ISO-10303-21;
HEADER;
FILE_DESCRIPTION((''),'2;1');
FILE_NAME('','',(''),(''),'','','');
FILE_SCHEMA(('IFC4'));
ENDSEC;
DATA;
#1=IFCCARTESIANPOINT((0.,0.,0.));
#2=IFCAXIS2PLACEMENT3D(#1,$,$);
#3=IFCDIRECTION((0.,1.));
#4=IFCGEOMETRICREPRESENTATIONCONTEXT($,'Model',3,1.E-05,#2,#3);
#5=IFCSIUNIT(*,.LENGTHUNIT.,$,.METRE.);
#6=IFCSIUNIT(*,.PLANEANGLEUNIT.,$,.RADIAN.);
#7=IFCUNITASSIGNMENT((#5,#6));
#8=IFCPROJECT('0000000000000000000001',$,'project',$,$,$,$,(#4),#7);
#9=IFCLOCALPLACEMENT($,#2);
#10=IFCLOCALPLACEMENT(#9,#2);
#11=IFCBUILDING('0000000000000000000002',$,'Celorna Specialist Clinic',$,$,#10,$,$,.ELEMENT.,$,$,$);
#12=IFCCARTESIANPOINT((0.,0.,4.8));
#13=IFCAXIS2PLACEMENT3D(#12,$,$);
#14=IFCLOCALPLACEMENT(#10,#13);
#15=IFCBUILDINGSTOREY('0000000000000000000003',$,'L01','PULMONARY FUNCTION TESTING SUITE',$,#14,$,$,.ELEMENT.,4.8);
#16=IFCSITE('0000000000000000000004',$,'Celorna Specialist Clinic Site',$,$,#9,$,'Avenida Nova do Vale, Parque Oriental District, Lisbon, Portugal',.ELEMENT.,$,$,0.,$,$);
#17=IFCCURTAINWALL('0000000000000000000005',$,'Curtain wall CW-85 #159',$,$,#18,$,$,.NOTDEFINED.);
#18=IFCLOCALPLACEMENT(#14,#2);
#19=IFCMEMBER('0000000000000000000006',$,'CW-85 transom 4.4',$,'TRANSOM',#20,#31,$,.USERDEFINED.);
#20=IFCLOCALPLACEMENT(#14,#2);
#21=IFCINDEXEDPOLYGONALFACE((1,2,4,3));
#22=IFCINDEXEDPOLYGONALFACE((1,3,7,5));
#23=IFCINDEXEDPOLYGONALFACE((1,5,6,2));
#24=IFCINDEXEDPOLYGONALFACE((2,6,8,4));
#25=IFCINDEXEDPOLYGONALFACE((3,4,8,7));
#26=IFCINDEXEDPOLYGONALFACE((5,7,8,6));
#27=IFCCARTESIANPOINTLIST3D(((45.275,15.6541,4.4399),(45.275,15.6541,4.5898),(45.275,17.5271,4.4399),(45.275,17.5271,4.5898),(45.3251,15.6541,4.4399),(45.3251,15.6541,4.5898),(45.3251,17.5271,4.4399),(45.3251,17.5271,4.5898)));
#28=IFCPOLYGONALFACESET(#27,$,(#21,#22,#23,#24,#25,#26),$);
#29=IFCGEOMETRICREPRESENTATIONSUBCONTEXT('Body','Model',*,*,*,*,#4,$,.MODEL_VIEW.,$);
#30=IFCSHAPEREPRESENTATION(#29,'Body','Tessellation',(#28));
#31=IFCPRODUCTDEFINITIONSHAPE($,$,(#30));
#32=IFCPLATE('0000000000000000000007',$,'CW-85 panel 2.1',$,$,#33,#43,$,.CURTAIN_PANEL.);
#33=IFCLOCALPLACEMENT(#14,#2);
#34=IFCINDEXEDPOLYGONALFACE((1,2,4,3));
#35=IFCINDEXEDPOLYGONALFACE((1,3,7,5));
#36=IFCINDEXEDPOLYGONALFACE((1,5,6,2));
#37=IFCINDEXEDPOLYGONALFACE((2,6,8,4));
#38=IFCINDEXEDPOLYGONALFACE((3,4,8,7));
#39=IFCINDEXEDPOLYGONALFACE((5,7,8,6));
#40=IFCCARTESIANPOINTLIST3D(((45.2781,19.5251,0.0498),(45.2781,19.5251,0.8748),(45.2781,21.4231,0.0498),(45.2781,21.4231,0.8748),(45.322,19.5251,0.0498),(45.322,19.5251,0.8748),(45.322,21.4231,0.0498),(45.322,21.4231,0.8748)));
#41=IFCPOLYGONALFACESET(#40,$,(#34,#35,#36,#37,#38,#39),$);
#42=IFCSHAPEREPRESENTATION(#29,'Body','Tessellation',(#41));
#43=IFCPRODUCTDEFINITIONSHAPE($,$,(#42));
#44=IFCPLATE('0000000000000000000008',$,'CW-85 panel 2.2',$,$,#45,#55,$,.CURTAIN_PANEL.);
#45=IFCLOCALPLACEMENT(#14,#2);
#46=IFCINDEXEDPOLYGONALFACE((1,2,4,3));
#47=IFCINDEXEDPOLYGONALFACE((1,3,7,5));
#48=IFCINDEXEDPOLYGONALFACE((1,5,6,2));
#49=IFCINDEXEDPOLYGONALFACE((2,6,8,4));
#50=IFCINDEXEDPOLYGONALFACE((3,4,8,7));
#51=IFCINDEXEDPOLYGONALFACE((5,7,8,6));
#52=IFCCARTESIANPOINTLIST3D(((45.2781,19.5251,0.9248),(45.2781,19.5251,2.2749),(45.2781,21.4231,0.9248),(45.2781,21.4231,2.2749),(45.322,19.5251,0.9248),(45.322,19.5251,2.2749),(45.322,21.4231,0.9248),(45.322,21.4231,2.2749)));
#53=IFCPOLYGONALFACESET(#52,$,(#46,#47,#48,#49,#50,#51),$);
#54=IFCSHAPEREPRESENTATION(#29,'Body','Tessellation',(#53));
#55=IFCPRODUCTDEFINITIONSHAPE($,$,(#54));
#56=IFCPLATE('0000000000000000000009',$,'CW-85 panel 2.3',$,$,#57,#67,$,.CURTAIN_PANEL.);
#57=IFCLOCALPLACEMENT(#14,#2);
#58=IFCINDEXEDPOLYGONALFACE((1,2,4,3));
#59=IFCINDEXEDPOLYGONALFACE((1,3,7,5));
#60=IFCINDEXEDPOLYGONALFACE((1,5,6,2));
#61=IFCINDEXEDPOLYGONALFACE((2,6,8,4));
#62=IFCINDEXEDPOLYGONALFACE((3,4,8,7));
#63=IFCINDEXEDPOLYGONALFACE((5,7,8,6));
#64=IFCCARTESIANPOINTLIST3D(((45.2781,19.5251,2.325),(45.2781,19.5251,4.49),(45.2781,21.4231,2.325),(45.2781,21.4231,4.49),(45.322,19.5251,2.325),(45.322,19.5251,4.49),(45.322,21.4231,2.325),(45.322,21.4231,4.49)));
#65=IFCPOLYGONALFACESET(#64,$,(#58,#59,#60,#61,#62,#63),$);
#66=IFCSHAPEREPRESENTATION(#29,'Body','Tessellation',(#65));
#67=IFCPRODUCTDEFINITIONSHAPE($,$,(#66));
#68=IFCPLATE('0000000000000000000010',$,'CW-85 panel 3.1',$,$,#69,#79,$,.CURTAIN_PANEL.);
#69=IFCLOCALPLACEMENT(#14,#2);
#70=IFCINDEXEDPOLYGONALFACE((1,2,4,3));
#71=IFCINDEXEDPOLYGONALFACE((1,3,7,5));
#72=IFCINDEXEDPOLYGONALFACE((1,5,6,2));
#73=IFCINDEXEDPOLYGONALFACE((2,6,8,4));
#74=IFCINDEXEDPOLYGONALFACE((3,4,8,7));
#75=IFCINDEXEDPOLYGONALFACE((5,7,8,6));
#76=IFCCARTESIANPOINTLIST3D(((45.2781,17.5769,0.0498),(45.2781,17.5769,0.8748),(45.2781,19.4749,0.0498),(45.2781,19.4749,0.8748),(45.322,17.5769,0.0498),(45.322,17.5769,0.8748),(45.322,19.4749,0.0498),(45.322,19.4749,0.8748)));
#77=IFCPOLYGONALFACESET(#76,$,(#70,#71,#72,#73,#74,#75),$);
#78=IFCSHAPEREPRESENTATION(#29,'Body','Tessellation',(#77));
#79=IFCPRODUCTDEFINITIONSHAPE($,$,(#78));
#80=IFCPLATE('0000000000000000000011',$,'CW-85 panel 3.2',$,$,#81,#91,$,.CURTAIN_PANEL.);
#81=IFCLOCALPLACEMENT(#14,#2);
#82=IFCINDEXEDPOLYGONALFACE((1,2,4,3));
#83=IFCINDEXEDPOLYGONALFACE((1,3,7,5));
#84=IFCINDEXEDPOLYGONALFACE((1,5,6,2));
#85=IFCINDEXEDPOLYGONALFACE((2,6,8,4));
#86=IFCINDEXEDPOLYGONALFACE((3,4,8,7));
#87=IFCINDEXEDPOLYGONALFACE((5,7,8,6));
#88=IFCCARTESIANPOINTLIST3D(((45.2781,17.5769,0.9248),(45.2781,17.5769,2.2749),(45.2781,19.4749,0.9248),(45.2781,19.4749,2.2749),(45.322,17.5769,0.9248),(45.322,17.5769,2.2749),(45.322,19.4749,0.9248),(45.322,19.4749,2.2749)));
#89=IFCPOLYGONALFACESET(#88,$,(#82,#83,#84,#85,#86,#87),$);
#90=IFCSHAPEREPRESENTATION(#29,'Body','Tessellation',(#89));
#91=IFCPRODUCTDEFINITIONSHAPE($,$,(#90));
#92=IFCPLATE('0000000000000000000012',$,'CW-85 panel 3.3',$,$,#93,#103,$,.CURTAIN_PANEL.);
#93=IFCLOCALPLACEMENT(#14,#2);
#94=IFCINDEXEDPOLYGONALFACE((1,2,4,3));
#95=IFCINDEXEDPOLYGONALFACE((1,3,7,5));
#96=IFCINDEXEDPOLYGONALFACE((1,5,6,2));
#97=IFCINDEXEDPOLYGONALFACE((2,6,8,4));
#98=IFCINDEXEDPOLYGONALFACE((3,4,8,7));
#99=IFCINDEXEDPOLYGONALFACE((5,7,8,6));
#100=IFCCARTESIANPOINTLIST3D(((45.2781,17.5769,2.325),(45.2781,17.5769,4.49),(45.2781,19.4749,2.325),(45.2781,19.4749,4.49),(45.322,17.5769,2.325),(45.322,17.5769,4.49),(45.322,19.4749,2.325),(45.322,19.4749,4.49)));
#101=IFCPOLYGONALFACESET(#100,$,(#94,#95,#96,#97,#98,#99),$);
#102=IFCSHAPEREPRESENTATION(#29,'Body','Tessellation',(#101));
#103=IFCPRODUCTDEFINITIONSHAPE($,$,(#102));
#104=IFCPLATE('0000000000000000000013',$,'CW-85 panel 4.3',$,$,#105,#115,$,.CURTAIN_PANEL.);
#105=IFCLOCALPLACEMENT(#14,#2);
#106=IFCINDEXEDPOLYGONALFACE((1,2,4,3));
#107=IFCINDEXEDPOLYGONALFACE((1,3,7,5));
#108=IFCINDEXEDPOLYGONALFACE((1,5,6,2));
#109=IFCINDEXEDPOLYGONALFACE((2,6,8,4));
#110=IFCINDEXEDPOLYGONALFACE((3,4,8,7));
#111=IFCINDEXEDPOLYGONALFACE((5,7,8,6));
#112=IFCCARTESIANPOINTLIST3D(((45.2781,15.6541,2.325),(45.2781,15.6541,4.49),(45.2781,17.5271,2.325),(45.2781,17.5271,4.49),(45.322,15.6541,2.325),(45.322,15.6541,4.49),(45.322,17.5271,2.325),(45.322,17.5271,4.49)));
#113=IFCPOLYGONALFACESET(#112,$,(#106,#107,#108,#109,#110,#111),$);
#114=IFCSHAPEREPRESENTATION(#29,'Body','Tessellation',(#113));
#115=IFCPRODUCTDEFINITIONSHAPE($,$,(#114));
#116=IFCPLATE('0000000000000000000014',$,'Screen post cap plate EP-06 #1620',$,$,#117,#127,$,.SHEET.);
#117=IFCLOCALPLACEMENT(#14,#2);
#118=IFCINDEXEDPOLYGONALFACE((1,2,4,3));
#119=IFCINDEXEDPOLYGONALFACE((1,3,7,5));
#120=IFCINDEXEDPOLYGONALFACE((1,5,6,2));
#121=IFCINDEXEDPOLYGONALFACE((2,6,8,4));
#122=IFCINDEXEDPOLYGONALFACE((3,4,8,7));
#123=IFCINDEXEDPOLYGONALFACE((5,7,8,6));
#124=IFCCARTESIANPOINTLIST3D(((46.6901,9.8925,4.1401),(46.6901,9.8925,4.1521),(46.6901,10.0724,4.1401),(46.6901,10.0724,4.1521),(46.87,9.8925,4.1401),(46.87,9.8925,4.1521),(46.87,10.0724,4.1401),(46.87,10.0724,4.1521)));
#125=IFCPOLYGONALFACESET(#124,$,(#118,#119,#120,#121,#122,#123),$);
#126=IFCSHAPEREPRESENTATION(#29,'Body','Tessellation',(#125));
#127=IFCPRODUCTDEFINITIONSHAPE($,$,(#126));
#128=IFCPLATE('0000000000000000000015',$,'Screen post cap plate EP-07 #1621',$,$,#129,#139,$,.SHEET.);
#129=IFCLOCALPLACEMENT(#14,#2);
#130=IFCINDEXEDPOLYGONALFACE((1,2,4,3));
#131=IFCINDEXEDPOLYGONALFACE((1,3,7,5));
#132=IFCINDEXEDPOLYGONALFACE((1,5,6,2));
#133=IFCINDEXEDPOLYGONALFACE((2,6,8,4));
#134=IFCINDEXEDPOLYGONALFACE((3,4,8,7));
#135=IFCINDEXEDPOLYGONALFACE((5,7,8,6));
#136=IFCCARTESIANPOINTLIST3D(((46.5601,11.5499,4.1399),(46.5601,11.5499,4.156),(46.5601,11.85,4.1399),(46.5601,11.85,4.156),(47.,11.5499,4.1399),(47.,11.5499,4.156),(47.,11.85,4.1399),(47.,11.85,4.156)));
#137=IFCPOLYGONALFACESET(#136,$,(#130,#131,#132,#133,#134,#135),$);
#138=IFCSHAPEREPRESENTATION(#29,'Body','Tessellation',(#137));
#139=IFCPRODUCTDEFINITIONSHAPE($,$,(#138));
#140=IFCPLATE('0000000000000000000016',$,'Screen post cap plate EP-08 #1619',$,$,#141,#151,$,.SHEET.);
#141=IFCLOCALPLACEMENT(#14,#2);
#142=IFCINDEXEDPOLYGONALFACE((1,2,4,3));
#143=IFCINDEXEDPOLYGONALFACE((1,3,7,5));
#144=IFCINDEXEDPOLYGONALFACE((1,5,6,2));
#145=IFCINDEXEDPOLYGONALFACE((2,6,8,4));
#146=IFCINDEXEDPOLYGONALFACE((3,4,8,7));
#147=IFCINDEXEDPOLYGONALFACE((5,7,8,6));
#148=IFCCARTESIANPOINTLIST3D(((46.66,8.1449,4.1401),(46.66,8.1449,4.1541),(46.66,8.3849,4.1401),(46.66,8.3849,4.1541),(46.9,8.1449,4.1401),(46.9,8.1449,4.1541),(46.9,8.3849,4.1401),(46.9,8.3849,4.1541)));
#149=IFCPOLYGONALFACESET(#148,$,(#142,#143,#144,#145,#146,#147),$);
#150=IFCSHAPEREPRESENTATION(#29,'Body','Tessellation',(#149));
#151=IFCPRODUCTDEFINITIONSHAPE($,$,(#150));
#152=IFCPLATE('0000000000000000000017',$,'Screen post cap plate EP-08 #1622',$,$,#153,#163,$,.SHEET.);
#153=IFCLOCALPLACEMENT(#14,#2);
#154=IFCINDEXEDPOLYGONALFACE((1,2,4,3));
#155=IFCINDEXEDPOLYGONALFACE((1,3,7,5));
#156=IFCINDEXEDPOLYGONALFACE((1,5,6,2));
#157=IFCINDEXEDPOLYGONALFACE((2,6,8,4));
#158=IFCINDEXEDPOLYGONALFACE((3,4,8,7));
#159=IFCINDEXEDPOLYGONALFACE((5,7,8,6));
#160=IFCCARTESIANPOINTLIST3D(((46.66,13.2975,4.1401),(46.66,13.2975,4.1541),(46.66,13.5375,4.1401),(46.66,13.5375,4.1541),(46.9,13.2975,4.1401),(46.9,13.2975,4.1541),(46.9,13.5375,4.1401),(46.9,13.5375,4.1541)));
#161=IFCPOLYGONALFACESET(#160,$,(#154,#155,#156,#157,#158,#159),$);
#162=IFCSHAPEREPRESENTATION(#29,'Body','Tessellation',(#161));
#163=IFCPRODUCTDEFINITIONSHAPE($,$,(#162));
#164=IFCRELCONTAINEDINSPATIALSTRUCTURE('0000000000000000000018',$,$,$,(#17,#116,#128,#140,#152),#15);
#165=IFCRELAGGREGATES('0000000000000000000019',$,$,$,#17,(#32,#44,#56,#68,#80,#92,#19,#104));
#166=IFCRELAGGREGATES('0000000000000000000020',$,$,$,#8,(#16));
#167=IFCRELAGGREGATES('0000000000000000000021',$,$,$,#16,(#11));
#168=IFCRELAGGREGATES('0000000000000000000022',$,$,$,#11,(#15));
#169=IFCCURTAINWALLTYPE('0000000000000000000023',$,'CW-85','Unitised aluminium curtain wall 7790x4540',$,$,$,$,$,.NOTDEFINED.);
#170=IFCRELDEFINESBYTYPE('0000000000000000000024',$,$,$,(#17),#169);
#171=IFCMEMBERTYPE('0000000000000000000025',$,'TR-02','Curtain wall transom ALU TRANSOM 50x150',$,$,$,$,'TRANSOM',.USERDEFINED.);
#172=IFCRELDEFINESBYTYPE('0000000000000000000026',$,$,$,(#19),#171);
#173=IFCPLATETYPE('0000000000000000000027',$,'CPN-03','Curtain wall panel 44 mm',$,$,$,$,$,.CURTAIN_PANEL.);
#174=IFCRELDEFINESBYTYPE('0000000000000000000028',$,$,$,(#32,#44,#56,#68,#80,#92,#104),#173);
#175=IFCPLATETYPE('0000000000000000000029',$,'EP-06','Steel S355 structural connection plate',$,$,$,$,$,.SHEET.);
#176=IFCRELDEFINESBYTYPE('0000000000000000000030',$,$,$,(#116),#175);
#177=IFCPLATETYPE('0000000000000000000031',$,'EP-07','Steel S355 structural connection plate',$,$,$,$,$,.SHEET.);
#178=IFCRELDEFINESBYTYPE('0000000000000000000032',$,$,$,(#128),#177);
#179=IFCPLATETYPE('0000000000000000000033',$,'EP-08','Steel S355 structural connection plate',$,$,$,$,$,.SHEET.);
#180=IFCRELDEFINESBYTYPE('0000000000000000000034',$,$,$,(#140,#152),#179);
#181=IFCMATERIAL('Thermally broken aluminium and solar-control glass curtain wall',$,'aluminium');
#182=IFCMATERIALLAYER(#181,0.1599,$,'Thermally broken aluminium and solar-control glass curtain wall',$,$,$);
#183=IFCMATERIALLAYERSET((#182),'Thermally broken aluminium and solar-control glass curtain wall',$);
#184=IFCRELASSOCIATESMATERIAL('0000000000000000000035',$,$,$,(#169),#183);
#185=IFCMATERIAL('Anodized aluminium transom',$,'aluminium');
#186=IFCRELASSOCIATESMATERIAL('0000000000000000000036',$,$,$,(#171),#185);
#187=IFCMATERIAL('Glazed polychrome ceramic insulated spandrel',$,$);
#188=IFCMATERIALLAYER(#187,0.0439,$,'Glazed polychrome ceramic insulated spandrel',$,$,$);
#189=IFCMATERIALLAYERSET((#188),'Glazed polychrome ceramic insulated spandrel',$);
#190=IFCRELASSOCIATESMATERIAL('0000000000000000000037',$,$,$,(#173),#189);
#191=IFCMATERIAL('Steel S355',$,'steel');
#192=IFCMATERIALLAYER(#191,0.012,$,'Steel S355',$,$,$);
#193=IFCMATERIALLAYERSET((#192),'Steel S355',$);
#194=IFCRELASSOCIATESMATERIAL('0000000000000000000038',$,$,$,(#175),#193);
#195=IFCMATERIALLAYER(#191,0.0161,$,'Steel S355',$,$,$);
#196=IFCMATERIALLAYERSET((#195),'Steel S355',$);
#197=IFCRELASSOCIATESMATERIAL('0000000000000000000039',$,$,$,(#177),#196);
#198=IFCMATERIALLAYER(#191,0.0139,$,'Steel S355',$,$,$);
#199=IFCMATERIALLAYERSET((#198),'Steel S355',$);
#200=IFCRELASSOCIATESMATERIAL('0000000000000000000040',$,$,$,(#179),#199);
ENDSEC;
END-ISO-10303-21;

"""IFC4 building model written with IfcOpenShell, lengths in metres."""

from ifc_helpers import new_model, si_unit, direction, frame, origin, origin_2d, place, context, subcontext, project, spatial, rectangle, extrude, material, layer, layer_set, material_profile, profile_set, type_object, element, aggregate, save


model = new_model("IFC4")

# Units and contexts
model_context = context("Model", 3, precision=1e-05, world=origin(), true_north=direction((0.0, 1.0)))
body_context = subcontext(model_context, "Body", "Model", "MODEL_VIEW")
ifc_project = project(units=[si_unit("LENGTHUNIT", "METRE"), si_unit("PLANEANGLEUNIT", "RADIAN")], contexts=[model_context])

# Site, building, storey
site_placement = place(None, origin())
site = spatial("IfcSite", under=ifc_project, at=site_placement, Name="Celorna Specialist Clinic Site", LongName="Avenida Nova do Vale, Parque Oriental District, Lisbon, Portugal", CompositionType="ELEMENT", RefElevation=0.0)
building_placement = place(site_placement, origin())
building = spatial("IfcBuilding", under=site, at=building_placement, Name="Celorna Specialist Clinic", CompositionType="ELEMENT")
storey_placement = place(building_placement, frame((0.0, 0.0, 4.8)))
storey = spatial("IfcBuildingStorey", under=building, at=storey_placement, Name="L01", Description="PULMONARY FUNCTION TESTING SUITE", CompositionType="ELEMENT", Elevation=4.8)

# Shared definitions
ifc_material_1 = material(Name="Steel S355", Category="steel")

# Curtain wall, member, plates
ifc_material_2 = material(Name="Thermally broken aluminium and solar-control glass curtain wall", Category="aluminium")
ifc_layer_1 = layer(ifc_material_2, 0.1599, Name="Thermally broken aluminium and solar-control glass curtain wall")
ifc_layer_set_1 = layer_set([ifc_layer_1], Name="Thermally broken aluminium and solar-control glass curtain wall")
curtain_wall_type = type_object("IfcCurtainWallType", Name="CW-85", Description="Unitised aluminium curtain wall 7790x4540", PredefinedType="NOTDEFINED", material=ifc_layer_set_1)
curtain_wall_placement = place(storey_placement, origin())
curtain_wall = element("IfcCurtainWall", 1, at=curtain_wall_placement, inside=storey, type_object=curtain_wall_type, Name="Curtain wall CW-85 #159", PredefinedType="NOTDEFINED")
ifc_material_3 = material(Name="Anodized aluminium transom", Category="aluminium")
ifc_material_profile_1 = material_profile(ifc_material_3, rectangle(XDim=0.05, YDim=0.1499, at=origin_2d()), Name="ALU TRANSOM 50x150")
ifc_profile_set_1 = profile_set([ifc_material_profile_1], Name="Anodized aluminium transom")
member_type_1 = type_object("IfcMemberType", Name="TR-02", Description="Curtain wall transom ALU TRANSOM 50x150", ElementType="TRANSOM", PredefinedType="USERDEFINED", material=ifc_profile_set_1)
member_1_placement = place(storey_placement, frame((45.3, 17.5271, 4.5149), z_axis=(0.0, -1.0, 0.0), x_axis=(1.0, 0.0, 0.0)))
member_1 = element("IfcMember", 2, at=member_1_placement, type_object=member_type_1, Name="CW-85 transom 4.4", ObjectType="TRANSOM", PredefinedType="USERDEFINED", context=body_context, shape_type="SweptSolid", body=[
    extrude(rectangle(XDim=0.05, YDim=0.1499, at=origin_2d()), origin(), (0.0, 0.0, 1.0), 1.873),
])
ifc_material_4 = material(Name="Glazed polychrome ceramic insulated spandrel")
ifc_layer_2 = layer(ifc_material_4, 0.0439, Name="Glazed polychrome ceramic insulated spandrel")
ifc_layer_set_2 = layer_set([ifc_layer_2], Name="Glazed polychrome ceramic insulated spandrel")
plate_type_1 = type_object("IfcPlateType", Name="CPN-03", Description="Curtain wall panel 44 mm", PredefinedType="CURTAIN_PANEL", material=ifc_layer_set_2)
plate_1_placement = place(storey_placement, frame((45.3, 20.4741, 0.0498), z_axis=(0.0, 0.0, 1.0), x_axis=(0.0, -1.0, 0.0)))
plate_1 = element("IfcPlate", 3, at=plate_1_placement, type_object=plate_type_1, Name="CW-85 panel 2.1", PredefinedType="CURTAIN_PANEL", context=body_context, shape_type="SweptSolid", body=[
    extrude(rectangle(XDim=1.8979, YDim=0.0439, at=origin_2d()), origin(), (0.0, 0.0, 1.0), 0.825),
])
plate_2_placement = place(storey_placement, frame((45.3, 20.4741, 0.9248), z_axis=(0.0, 0.0, 1.0), x_axis=(0.0, -1.0, 0.0)))
plate_2 = element("IfcPlate", 4, at=plate_2_placement, type_object=plate_type_1, Name="CW-85 panel 2.2", PredefinedType="CURTAIN_PANEL", context=body_context, shape_type="SweptSolid", body=[
    extrude(rectangle(XDim=1.8979, YDim=0.0439, at=origin_2d()), origin(), (0.0, 0.0, 1.0), 1.3501),
])
plate_3_placement = place(storey_placement, frame((45.3, 20.4741, 2.325), z_axis=(0.0, 0.0, 1.0), x_axis=(0.0, -1.0, 0.0)))
plate_3 = element("IfcPlate", 5, at=plate_3_placement, type_object=plate_type_1, Name="CW-85 panel 2.3", PredefinedType="CURTAIN_PANEL", context=body_context, shape_type="SweptSolid", body=[
    extrude(rectangle(XDim=1.8979, YDim=0.0439, at=origin_2d()), origin(), (0.0, 0.0, 1.0), 2.165),
])
plate_4_placement = place(storey_placement, frame((45.3, 18.5259, 0.0498), z_axis=(0.0, 0.0, 1.0), x_axis=(0.0, -1.0, 0.0)))
plate_4 = element("IfcPlate", 6, at=plate_4_placement, type_object=plate_type_1, Name="CW-85 panel 3.1", PredefinedType="CURTAIN_PANEL", context=body_context, shape_type="SweptSolid", body=[
    extrude(rectangle(XDim=1.8979, YDim=0.0439, at=origin_2d()), origin(), (0.0, 0.0, 1.0), 0.825),
])
plate_5_placement = place(storey_placement, frame((45.3, 18.5259, 0.9248), z_axis=(0.0, 0.0, 1.0), x_axis=(0.0, -1.0, 0.0)))
plate_5 = element("IfcPlate", 7, at=plate_5_placement, type_object=plate_type_1, Name="CW-85 panel 3.2", PredefinedType="CURTAIN_PANEL", context=body_context, shape_type="SweptSolid", body=[
    extrude(rectangle(XDim=1.8979, YDim=0.0439, at=origin_2d()), origin(), (0.0, 0.0, 1.0), 1.3501),
])
plate_6_placement = place(storey_placement, frame((45.3, 18.5259, 2.325), z_axis=(0.0, 0.0, 1.0), x_axis=(0.0, -1.0, 0.0)))
plate_6 = element("IfcPlate", 8, at=plate_6_placement, type_object=plate_type_1, Name="CW-85 panel 3.3", PredefinedType="CURTAIN_PANEL", context=body_context, shape_type="SweptSolid", body=[
    extrude(rectangle(XDim=1.8979, YDim=0.0439, at=origin_2d()), origin(), (0.0, 0.0, 1.0), 2.165),
])
plate_7_placement = place(storey_placement, frame((45.3, 16.5906, 2.325), z_axis=(0.0, 0.0, 1.0), x_axis=(0.0, -1.0, 0.0)))
plate_7 = element("IfcPlate", 9, at=plate_7_placement, type_object=plate_type_1, Name="CW-85 panel 4.3", PredefinedType="CURTAIN_PANEL", context=body_context, shape_type="SweptSolid", body=[
    extrude(rectangle(XDim=1.873, YDim=0.0439, at=origin_2d()), origin(), (0.0, 0.0, 1.0), 2.165),
])
aggregate(curtain_wall, [plate_1, plate_2, plate_3, plate_4, plate_5, plate_6, member_1, plate_7])

# Plates
ifc_layer_3 = layer(ifc_material_1, 0.012, Name="Steel S355")
ifc_layer_set_3 = layer_set([ifc_layer_3], Name="Steel S355")
plate_type_2 = type_object("IfcPlateType", Name="EP-06", Description="Steel S355 structural connection plate", PredefinedType="SHEET", material=ifc_layer_set_3)
plate_8_placement = place(storey_placement, frame((46.78, 9.9824, 4.1401), z_axis=(0.0, 0.0, 1.0), x_axis=(0.0, 1.0, 0.0)))
element("IfcPlate", 10, at=plate_8_placement, inside=storey, type_object=plate_type_2, Name="Screen post cap plate EP-06 #1620", PredefinedType="SHEET", context=body_context, shape_type="SweptSolid", body=[
    extrude(rectangle(XDim=0.1799, YDim=0.1799, at=origin_2d()), origin(), (0.0, 0.0, 1.0), 0.012),
])
ifc_layer_4 = layer(ifc_material_1, 0.0161, Name="Steel S355")
ifc_layer_set_4 = layer_set([ifc_layer_4], Name="Steel S355")
plate_type_3 = type_object("IfcPlateType", Name="EP-07", Description="Steel S355 structural connection plate", PredefinedType="SHEET", material=ifc_layer_set_4)
plate_9_placement = place(storey_placement, frame((46.78, 11.7, 4.1399), z_axis=(0.0, 0.0, 1.0), x_axis=(0.0, 1.0, 0.0)))
element("IfcPlate", 11, at=plate_9_placement, inside=storey, type_object=plate_type_3, Name="Screen post cap plate EP-07 #1621", PredefinedType="SHEET", context=body_context, shape_type="SweptSolid", body=[
    extrude(rectangle(XDim=0.3, YDim=0.4399, at=origin_2d()), origin(), (0.0, 0.0, 1.0), 0.0161),
])
ifc_layer_5 = layer(ifc_material_1, 0.0139, Name="Steel S355")
ifc_layer_set_5 = layer_set([ifc_layer_5], Name="Steel S355")
plate_type_4 = type_object("IfcPlateType", Name="EP-08", Description="Steel S355 structural connection plate", PredefinedType="SHEET", material=ifc_layer_set_5)
for number, where, z_axis, x_axis, name in (
    (12, (46.78, 8.2649, 4.1401), (0.0, 0.0, 1.0), (0.0, 1.0, 0.0), "Screen post cap plate EP-08 #1619"),
    (13, (46.78, 13.4175, 4.1401), (0.0, 0.0, 1.0), (0.0, 1.0, 0.0), "Screen post cap plate EP-08 #1622"),
):
    element("IfcPlate", number, at=place(storey_placement, frame(where, z_axis=z_axis, x_axis=x_axis)), inside=storey, type_object=plate_type_4, Name=name, PredefinedType="SHEET", context=body_context, shape_type="SweptSolid", body=[
        extrude(rectangle(XDim=0.24, YDim=0.24, at=origin_2d()), origin(), (0.0, 0.0, 1.0), 0.0139),
    ])

save(model, "model.ifc")
